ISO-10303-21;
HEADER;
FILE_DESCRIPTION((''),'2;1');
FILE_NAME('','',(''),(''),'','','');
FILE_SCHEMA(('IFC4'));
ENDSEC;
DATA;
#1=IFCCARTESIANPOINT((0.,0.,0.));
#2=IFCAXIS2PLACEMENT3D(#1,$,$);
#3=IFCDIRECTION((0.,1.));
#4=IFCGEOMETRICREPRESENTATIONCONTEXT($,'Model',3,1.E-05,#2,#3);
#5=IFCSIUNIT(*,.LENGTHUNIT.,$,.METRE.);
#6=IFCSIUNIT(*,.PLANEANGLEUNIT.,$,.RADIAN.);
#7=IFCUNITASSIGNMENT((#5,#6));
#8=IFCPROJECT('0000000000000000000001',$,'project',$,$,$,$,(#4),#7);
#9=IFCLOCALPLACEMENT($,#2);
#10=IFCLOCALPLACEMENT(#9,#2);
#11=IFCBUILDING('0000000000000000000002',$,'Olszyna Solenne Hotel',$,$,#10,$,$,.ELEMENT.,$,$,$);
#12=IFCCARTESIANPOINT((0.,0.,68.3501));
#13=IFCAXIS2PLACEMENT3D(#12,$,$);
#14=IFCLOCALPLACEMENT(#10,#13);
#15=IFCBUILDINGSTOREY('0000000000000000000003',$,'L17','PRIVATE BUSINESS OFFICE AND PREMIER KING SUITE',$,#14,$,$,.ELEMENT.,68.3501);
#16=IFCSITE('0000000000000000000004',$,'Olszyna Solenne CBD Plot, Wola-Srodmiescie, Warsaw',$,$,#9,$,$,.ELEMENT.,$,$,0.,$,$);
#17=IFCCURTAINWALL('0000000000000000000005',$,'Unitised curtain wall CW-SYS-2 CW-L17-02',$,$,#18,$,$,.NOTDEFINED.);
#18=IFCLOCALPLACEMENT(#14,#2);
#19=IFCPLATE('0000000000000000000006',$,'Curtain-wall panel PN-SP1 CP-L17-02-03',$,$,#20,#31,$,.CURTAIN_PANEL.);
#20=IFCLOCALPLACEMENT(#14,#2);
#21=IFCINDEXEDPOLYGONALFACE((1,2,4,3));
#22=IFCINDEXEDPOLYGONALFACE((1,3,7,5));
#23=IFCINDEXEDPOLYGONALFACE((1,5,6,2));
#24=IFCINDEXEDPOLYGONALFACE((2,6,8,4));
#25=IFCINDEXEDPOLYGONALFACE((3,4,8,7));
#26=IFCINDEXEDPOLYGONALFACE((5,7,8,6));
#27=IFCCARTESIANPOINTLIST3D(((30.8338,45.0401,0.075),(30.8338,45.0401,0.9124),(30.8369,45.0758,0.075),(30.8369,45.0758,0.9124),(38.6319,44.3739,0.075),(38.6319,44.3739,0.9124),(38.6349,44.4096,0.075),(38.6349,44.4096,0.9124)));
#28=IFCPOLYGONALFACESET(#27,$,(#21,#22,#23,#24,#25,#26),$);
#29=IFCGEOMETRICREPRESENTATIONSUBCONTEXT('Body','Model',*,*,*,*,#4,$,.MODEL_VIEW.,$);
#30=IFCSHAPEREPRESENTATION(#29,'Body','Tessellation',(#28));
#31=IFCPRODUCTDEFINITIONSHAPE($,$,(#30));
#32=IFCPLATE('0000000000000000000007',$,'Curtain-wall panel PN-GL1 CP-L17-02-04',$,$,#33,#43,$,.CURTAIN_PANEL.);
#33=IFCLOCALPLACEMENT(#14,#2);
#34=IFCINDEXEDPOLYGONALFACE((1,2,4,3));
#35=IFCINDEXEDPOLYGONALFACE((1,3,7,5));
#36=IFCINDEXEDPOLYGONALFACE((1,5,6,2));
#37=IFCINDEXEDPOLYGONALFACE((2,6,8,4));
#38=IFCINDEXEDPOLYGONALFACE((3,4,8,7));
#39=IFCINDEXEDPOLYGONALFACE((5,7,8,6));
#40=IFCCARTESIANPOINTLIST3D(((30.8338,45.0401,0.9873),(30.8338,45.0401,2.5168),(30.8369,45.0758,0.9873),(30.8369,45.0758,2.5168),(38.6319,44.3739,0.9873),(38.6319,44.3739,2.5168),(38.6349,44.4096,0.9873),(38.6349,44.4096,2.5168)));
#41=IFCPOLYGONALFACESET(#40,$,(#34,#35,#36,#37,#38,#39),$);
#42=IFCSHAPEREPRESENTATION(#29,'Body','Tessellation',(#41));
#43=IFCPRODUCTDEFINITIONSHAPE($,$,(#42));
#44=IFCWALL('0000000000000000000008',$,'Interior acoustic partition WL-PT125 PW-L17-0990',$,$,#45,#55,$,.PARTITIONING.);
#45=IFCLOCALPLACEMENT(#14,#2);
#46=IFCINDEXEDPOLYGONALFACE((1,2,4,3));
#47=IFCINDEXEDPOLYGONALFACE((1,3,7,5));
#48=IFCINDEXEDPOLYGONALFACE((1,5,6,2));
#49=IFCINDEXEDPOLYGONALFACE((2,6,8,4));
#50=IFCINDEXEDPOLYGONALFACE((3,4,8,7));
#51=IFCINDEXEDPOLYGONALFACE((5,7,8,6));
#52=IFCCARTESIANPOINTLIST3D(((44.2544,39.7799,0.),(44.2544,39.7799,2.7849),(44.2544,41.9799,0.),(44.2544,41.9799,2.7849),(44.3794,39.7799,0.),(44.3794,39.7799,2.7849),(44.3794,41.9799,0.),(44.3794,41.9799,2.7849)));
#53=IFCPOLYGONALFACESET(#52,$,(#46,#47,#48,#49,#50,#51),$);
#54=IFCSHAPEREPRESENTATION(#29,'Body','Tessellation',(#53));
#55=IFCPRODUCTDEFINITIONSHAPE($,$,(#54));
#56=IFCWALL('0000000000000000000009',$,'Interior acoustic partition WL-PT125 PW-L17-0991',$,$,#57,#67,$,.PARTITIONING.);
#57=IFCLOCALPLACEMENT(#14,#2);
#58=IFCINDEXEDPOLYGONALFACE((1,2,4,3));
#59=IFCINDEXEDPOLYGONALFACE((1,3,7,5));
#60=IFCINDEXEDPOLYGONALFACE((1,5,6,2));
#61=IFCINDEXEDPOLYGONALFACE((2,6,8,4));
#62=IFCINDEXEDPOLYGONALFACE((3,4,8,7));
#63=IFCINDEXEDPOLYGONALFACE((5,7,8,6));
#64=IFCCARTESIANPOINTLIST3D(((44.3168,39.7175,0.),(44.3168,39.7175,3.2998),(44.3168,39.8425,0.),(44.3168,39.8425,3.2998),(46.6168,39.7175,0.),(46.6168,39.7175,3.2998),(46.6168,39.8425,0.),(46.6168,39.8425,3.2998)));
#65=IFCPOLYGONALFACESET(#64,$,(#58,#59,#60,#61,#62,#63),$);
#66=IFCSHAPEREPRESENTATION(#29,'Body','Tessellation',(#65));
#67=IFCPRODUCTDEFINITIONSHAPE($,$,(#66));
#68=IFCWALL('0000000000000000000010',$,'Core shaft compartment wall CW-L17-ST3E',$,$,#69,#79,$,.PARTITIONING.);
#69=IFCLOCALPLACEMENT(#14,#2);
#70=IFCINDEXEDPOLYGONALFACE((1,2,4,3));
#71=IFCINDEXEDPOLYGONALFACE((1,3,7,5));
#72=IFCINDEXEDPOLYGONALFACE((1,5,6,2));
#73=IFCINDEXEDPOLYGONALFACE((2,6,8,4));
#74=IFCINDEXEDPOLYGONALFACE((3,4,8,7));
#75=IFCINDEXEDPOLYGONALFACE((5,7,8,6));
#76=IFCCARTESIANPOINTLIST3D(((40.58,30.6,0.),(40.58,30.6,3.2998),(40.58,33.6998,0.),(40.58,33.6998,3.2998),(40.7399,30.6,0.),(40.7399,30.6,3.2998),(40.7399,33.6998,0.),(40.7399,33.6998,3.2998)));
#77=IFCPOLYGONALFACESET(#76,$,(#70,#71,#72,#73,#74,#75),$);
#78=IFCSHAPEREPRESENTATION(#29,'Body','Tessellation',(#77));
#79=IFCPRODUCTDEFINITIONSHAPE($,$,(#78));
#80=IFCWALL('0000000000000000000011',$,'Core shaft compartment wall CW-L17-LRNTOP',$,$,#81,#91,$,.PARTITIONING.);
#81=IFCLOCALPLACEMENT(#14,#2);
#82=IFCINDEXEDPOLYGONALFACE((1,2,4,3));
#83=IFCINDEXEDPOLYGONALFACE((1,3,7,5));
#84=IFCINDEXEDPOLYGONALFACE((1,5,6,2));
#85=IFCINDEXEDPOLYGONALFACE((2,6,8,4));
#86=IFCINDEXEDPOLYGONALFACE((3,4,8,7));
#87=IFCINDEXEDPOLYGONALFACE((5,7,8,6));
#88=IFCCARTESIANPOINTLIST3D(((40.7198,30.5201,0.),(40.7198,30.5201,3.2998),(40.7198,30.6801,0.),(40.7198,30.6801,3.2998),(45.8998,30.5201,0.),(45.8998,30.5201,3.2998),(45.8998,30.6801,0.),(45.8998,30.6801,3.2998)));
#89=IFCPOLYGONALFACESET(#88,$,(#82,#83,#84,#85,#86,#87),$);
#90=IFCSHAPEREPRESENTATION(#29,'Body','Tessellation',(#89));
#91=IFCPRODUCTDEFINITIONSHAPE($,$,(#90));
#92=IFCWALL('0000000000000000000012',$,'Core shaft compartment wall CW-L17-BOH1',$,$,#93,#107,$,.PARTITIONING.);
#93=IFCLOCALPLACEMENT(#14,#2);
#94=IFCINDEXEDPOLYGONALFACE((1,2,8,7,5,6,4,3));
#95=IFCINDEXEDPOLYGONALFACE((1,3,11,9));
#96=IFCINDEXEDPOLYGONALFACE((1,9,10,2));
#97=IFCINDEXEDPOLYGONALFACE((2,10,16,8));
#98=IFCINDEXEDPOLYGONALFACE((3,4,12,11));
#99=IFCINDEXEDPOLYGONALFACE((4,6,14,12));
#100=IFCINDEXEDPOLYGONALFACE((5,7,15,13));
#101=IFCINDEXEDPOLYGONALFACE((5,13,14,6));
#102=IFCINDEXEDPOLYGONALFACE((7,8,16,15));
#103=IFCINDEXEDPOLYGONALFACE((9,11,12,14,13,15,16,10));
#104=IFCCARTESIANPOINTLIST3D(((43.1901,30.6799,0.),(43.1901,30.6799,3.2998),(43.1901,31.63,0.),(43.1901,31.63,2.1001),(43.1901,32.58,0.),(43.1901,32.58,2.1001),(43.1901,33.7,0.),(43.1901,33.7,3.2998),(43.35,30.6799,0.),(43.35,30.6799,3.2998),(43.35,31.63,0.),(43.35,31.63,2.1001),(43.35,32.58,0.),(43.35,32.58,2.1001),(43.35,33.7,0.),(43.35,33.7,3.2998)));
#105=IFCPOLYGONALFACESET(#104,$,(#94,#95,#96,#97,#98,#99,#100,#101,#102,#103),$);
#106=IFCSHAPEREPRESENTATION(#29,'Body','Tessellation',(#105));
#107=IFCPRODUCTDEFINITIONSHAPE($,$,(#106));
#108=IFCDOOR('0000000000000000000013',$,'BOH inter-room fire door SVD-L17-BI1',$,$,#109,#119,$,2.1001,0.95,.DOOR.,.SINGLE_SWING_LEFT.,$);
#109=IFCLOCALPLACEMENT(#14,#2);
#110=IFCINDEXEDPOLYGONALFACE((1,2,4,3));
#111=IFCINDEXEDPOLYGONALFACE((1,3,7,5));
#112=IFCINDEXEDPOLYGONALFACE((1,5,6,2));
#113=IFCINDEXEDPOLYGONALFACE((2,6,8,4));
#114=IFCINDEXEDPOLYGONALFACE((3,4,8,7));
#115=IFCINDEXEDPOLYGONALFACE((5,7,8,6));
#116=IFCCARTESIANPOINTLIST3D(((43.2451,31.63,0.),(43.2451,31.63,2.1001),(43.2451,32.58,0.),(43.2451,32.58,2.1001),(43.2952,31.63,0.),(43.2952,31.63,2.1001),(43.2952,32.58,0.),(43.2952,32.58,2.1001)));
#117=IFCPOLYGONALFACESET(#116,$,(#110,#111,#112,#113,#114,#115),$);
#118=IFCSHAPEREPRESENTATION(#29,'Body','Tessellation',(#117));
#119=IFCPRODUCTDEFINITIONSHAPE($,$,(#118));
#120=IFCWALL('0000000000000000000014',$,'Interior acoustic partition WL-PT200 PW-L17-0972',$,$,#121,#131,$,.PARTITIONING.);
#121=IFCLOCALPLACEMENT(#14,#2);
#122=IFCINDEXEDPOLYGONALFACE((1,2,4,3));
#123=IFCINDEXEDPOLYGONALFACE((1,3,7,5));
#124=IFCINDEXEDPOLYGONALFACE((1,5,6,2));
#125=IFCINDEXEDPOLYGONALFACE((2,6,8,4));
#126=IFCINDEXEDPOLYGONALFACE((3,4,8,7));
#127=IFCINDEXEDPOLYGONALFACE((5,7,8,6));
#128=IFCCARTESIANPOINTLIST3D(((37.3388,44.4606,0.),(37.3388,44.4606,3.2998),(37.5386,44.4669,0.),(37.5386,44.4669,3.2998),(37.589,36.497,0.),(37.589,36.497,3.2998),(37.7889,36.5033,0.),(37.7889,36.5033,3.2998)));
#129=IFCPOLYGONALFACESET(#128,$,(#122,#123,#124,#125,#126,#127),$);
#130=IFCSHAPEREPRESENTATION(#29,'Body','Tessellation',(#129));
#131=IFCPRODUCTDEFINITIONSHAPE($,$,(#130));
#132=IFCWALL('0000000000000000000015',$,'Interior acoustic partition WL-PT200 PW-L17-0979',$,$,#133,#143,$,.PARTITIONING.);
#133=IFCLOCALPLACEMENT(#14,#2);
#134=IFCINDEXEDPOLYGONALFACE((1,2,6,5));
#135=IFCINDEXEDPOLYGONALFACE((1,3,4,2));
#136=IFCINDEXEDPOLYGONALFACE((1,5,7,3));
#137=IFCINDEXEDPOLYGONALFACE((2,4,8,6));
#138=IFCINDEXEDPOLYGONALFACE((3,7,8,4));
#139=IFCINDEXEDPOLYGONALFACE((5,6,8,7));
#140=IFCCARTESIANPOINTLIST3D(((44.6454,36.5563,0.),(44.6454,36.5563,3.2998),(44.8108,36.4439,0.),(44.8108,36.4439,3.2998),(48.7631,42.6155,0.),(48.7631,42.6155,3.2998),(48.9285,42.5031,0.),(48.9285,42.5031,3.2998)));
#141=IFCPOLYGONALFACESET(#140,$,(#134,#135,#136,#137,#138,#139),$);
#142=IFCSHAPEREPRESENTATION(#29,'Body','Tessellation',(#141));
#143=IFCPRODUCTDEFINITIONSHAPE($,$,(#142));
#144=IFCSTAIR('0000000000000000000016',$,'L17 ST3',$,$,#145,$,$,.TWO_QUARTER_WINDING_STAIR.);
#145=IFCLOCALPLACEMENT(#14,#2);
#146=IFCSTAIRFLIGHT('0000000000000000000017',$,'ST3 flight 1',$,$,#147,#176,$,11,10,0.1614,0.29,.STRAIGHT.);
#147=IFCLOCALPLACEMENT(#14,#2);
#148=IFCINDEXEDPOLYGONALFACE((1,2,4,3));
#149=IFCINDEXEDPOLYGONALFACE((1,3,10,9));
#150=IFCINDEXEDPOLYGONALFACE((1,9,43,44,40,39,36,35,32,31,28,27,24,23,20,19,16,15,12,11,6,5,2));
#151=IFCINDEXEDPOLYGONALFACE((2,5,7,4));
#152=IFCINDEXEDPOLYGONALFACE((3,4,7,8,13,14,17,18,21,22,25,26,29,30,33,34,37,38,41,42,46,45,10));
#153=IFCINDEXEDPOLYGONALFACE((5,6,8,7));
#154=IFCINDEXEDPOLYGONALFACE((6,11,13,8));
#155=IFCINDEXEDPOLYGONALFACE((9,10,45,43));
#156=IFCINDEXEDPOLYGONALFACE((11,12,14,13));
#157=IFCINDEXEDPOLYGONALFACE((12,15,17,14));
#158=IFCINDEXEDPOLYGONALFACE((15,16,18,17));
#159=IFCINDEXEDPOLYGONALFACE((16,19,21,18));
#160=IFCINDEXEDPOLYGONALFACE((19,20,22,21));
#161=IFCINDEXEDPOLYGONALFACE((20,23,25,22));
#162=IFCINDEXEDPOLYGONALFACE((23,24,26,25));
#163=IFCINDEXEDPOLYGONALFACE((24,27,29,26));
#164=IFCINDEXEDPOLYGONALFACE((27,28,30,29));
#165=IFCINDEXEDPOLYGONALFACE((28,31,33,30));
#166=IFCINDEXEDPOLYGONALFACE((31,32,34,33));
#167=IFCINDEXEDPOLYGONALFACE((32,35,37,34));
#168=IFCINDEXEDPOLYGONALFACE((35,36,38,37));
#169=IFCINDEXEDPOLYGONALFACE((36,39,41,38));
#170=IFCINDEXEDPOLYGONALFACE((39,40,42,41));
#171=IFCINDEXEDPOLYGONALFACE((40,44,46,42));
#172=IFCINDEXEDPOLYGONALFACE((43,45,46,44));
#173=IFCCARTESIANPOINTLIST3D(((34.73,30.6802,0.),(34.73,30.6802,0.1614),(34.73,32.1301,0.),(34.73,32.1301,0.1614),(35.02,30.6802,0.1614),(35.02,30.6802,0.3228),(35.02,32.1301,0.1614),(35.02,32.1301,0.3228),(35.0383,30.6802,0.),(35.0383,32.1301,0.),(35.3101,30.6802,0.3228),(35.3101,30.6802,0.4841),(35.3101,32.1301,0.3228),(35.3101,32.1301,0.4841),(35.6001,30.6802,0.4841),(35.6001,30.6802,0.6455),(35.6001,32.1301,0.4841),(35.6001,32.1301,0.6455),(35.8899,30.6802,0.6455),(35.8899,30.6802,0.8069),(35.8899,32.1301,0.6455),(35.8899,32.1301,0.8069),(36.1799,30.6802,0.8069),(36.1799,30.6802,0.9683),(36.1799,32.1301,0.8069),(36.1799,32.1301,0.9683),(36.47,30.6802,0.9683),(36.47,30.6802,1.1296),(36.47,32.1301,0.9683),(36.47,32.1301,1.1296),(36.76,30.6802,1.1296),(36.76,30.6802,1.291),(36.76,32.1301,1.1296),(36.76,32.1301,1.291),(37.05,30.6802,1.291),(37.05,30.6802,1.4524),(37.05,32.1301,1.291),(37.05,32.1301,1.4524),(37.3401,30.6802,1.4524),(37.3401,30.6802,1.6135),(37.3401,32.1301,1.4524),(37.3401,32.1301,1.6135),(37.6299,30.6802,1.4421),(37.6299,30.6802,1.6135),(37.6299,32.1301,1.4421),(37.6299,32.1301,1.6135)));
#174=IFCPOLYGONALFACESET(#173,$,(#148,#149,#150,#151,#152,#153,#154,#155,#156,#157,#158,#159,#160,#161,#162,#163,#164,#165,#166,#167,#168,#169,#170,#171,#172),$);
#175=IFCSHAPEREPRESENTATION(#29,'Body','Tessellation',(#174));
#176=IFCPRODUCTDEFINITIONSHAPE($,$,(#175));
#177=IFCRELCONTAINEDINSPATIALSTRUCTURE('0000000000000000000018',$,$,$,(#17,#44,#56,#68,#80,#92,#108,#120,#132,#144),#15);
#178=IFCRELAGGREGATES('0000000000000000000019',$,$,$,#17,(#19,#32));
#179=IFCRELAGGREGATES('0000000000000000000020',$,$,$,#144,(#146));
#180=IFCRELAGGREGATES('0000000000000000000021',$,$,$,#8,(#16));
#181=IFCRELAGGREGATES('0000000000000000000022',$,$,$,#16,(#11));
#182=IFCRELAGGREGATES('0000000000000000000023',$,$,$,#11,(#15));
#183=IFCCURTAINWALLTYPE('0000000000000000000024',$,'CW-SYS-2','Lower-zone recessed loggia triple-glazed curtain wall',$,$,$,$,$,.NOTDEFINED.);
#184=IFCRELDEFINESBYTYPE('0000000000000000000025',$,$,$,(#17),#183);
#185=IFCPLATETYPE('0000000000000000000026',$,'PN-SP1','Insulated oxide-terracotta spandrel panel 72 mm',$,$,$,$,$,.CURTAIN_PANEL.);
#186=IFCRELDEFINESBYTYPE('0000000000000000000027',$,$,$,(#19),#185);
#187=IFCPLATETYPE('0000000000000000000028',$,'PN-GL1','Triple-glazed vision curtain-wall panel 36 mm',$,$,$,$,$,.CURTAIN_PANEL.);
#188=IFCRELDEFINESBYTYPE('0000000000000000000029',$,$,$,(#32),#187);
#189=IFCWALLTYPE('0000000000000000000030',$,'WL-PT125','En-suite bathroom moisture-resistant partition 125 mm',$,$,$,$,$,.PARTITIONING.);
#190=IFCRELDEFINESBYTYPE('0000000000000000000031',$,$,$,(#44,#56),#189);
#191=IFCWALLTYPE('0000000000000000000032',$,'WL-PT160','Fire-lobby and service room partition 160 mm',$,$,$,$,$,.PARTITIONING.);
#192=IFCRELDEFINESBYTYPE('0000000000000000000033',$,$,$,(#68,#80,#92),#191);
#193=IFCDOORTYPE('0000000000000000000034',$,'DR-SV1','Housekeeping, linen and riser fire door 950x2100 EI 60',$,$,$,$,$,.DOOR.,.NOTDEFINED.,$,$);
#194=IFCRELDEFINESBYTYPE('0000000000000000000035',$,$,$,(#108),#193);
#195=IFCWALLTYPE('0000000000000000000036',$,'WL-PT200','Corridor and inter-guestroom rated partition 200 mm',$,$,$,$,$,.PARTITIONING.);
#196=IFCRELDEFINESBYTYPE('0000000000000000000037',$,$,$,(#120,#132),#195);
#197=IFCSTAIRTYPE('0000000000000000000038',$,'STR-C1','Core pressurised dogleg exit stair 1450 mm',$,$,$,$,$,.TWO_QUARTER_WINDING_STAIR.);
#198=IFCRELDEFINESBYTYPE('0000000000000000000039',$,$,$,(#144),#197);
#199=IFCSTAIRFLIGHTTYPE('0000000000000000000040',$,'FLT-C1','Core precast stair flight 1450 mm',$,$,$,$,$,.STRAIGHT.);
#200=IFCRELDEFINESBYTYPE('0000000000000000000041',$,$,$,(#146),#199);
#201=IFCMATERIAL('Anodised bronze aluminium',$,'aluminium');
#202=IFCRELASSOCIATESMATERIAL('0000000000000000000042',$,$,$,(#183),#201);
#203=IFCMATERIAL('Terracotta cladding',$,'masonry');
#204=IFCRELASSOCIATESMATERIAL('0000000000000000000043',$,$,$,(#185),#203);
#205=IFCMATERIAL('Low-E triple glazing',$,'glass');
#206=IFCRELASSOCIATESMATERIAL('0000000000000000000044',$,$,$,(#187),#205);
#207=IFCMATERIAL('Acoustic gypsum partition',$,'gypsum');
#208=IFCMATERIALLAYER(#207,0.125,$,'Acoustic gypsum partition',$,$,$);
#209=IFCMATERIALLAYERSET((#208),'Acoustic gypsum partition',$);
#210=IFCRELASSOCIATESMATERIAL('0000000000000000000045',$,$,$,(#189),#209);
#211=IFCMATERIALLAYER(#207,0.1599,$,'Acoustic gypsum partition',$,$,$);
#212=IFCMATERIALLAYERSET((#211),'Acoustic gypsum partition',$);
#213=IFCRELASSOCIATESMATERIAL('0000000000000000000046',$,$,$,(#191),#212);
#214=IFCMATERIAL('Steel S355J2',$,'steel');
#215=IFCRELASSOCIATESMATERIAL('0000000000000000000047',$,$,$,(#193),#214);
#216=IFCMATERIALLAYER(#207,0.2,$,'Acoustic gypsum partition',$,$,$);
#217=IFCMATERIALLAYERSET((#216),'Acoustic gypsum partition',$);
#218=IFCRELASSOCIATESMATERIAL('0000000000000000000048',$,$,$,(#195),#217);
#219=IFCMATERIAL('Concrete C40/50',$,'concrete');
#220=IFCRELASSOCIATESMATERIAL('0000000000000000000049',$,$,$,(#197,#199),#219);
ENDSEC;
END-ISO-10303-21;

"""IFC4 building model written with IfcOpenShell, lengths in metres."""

from ifc_helpers import new_model, si_unit, direction, frame, frame_2d, origin, origin_2d, place, context, subcontext, project, spatial, polyline, rectangle, outline, extrude, source, transform, mapped, material, layer, layer_set, type_object, type_shapes, element, fill, aggregate, save


model = new_model("IFC4")

# Units and contexts
model_context = context("Model", 3, precision=1e-05, world=origin(), true_north=direction((0.0, 1.0)))
body_context = subcontext(model_context, "Body", "Model", "MODEL_VIEW")
ifc_project = project(units=[si_unit("LENGTHUNIT", "METRE"), si_unit("PLANEANGLEUNIT", "RADIAN")], contexts=[model_context])

# Site, building, storey
site_placement = place(None, origin())
site = spatial("IfcSite", under=ifc_project, at=site_placement, Name="Olszyna Solenne CBD Plot, Wola-Srodmiescie, Warsaw", CompositionType="ELEMENT", RefElevation=0.0)
building_placement = place(site_placement, origin())
building = spatial("IfcBuilding", under=site, at=building_placement, Name="Olszyna Solenne Hotel", CompositionType="ELEMENT")
storey_placement = place(building_placement, frame((0.0, 0.0, 68.3501)))
storey = spatial("IfcBuildingStorey", under=building, at=storey_placement, Name="L17", Description="PRIVATE BUSINESS OFFICE AND PREMIER KING SUITE", CompositionType="ELEMENT", Elevation=68.3501)

# Curtain wall
ifc_material_1 = material(Name="Anodised bronze aluminium", Category="aluminium")
curtain_wall_type = type_object("IfcCurtainWallType", Name="CW-SYS-2", Description="Lower-zone recessed loggia triple-glazed curtain wall", PredefinedType="NOTDEFINED", material=ifc_material_1)
curtain_wall_placement = place(storey_placement, origin())
curtain_wall = element("IfcCurtainWall", 1, at=curtain_wall_placement, inside=storey, type_object=curtain_wall_type, Name="Unitised curtain wall CW-SYS-2 CW-L17-02", PredefinedType="NOTDEFINED")

# Shared definitions
ifc_material_2 = material(Name="Steel S355J2", Category="steel")

# Plates
ifc_material_3 = material(Name="Terracotta cladding", Category="masonry")
plate_type_1 = type_object("IfcPlateType", Name="PN-SP1", Description="Insulated oxide-terracotta spandrel panel 72 mm", PredefinedType="CURTAIN_PANEL", material=ifc_material_3)
ifc_material_4 = material(Name="Low-E triple glazing", Category="glass")
plate_type_2 = type_object("IfcPlateType", Name="PN-GL1", Description="Triple-glazed vision curtain-wall panel 36 mm", PredefinedType="CURTAIN_PANEL", material=ifc_material_4)
shared_shape_1 = source(origin(), body_context, "Body", "SweptSolid", [
    extrude(rectangle(XDim=7.8264, YDim=0.0359, at=origin_2d()), origin(), (0.0, 0.0, 1.0), 0.8374),
])
plate_1_placement = place(storey_placement, frame((34.7344, 44.7249, 0.075), z_axis=(0.0, 0.0, 1.0), x_axis=(0.99637, -0.085125, 0.0)))
plate_1 = element("IfcPlate", 2, at=plate_1_placement, type_object=plate_type_1, Name="Curtain-wall panel PN-SP1 CP-L17-02-03", PredefinedType="CURTAIN_PANEL", context=body_context, shape_type="MappedRepresentation", body=[
    mapped(shared_shape_1, transform((0.0, 0.0, 0.0), x_axis=(1.0, 0.0, 0.0), y_axis=(0.0, 1.0, 0.0), z_axis=(0.0, 0.0, 1.0), scale=1.0)),
])
shared_shape_2 = source(origin(), body_context, "Body", "SweptSolid", [
    extrude(rectangle(XDim=7.8264, YDim=0.0359, at=origin_2d()), origin(), (0.0, 0.0, 1.0), 1.5295),
])
plate_2_placement = place(storey_placement, frame((34.7344, 44.7249, 0.9873), z_axis=(0.0, 0.0, 1.0), x_axis=(0.99637, -0.085125, 0.0)))
plate_2 = element("IfcPlate", 3, at=plate_2_placement, type_object=plate_type_2, Name="Curtain-wall panel PN-GL1 CP-L17-02-04", PredefinedType="CURTAIN_PANEL", context=body_context, shape_type="MappedRepresentation", body=[
    mapped(shared_shape_2, transform((0.0, 0.0, 0.0), x_axis=(1.0, 0.0, 0.0), y_axis=(0.0, 1.0, 0.0), z_axis=(0.0, 0.0, 1.0), scale=1.0)),
])
aggregate(curtain_wall, [plate_1, plate_2])

# Walls
ifc_material_5 = material(Name="Acoustic gypsum partition", Category="gypsum")
ifc_layer_1 = layer(ifc_material_5, 0.125, Name="Acoustic gypsum partition")
ifc_layer_set_1 = layer_set([ifc_layer_1], Name="Acoustic gypsum partition")
wall_type_1 = type_object("IfcWallType", Name="WL-PT125", Description="En-suite bathroom moisture-resistant partition 125 mm", PredefinedType="PARTITIONING", material=ifc_layer_set_1)
wall_1_placement = place(storey_placement, frame((44.3169, 41.98, 0.0), z_axis=(0.0, 0.0, 1.0), x_axis=(0.0, -1.0, 0.0)))
element("IfcWall", 4, at=wall_1_placement, inside=storey, type_object=wall_type_1, Name="Interior acoustic partition WL-PT125 PW-L17-0990", PredefinedType="PARTITIONING", context=body_context, shape_type="SweptSolid", body=[
    extrude(rectangle(XDim=2.2, YDim=0.125, at=frame_2d((1.1001, 0.0))), origin(), (0.0, 0.0, 1.0), 2.7849),
])
wall_2_placement = place(storey_placement, frame((44.3169, 39.78, 0.0), z_axis=(0.0, 0.0, 1.0), x_axis=(1.0, 0.0, 0.0)))
element("IfcWall", 5, at=wall_2_placement, inside=storey, type_object=wall_type_1, Name="Interior acoustic partition WL-PT125 PW-L17-0991", PredefinedType="PARTITIONING", context=body_context, shape_type="SweptSolid", body=[
    extrude(rectangle(XDim=2.3, YDim=0.125, at=frame_2d((1.1499, 0.0))), origin(), (0.0, 0.0, 1.0), 3.2998),
])
ifc_layer_2 = layer(ifc_material_5, 0.1599, Name="Acoustic gypsum partition")
ifc_layer_set_2 = layer_set([ifc_layer_2], Name="Acoustic gypsum partition")
wall_type_2 = type_object("IfcWallType", Name="WL-PT160", Description="Fire-lobby and service room partition 160 mm", PredefinedType="PARTITIONING", material=ifc_layer_set_2)
wall_3_placement = place(storey_placement, frame((40.6599, 30.6001, 0.0), z_axis=(0.0, 0.0, 1.0), x_axis=(0.0, 1.0, 0.0)))
element("IfcWall", 6, at=wall_3_placement, inside=storey, type_object=wall_type_2, Name="Core shaft compartment wall CW-L17-ST3E", PredefinedType="PARTITIONING", context=body_context, shape_type="SweptSolid", body=[
    extrude(rectangle(XDim=3.0999, YDim=0.1599, at=frame_2d((1.5498, 0.0))), origin(), (0.0, 0.0, 1.0), 3.2998),
])
wall_4_placement = place(storey_placement, frame((40.72, 30.6001, 0.0), z_axis=(0.0, 0.0, 1.0), x_axis=(1.0, 0.0, 0.0)))
element("IfcWall", 7, at=wall_4_placement, inside=storey, type_object=wall_type_2, Name="Core shaft compartment wall CW-L17-LRNTOP", PredefinedType="PARTITIONING", context=body_context, shape_type="SweptSolid", body=[
    extrude(rectangle(XDim=5.1799, YDim=0.1599, at=frame_2d((2.5898, 0.0))), origin(), (0.0, 0.0, 1.0), 3.2998),
])

# Wall, opening, door
wall_5_placement = place(storey_placement, frame((43.27, 30.6799, 0.0), z_axis=(0.0, 0.0, 1.0), x_axis=(0.0, 1.0, 0.0)))
wall_5 = element("IfcWall", 8, at=wall_5_placement, inside=storey, type_object=wall_type_2, Name="Core shaft compartment wall CW-L17-BOH1", PredefinedType="PARTITIONING", context=body_context, shape_type="SweptSolid", body=[
    extrude(rectangle(XDim=3.02, YDim=0.1599, at=frame_2d((1.51, 0.0))), origin(), (0.0, 0.0, 1.0), 3.2998),
])
opening_placement = place(wall_5_placement, frame((0.95, 0.0, 0.0)))
opening = element("IfcOpeningElement", 9, at=opening_placement, cuts=wall_5, PredefinedType="OPENING", context=body_context, shape_type="SweptSolid", body=[
    extrude(rectangle(XDim=0.95, YDim=2.1001, at=frame_2d((0.4751, 1.05))), frame((0.0, 0.0898, 0.0), z_axis=(0.0, -1.0, 0.0), x_axis=(1.0, 0.0, 0.0)), (0.0, 0.0, 1.0), 0.1799),
])
door_type = type_object("IfcDoorType", Name="DR-SV1", Description="Housekeeping, linen and riser fire door 950x2100 EI 60", OperationType="NOTDEFINED", PredefinedType="DOOR", material=ifc_material_2)
shared_shape_3 = source(origin(), body_context, "Body", "SweptSolid", [
    extrude(rectangle(XDim=0.95, YDim=2.1001, at=frame_2d((0.4751, 1.05))), frame((0.0, 0.0249, 0.0), z_axis=(0.0, -1.0, 0.0), x_axis=(1.0, 0.0, 0.0)), (0.0, 0.0, 1.0), 0.05),
])
type_shapes(door_type, [shared_shape_3])
door_placement = place(opening_placement, origin())
door = element("IfcDoor", 10, at=door_placement, inside=storey, type_object=door_type, Name="BOH inter-room fire door SVD-L17-BI1", OperationType="SINGLE_SWING_LEFT", OverallHeight=2.1001, OverallWidth=0.95, PredefinedType="DOOR", context=body_context, shape_type="MappedRepresentation", body=[
    mapped(shared_shape_3, transform((0.0, 0.0, 0.0), x_axis=(1.0, 0.0, 0.0), y_axis=(0.0, 1.0, 0.0), z_axis=(0.0, 0.0, 1.0), scale=1.0)),
])
fill(opening, door)

# Walls
ifc_layer_3 = layer(ifc_material_5, 0.2, Name="Acoustic gypsum partition")
ifc_layer_set_3 = layer_set([ifc_layer_3], Name="Acoustic gypsum partition")
wall_type_3 = type_object("IfcWallType", Name="WL-PT200", Description="Corridor and inter-guestroom rated partition 200 mm", PredefinedType="PARTITIONING", material=ifc_layer_set_3)
wall_6_placement = place(storey_placement, frame((37.689, 36.5, 0.0), z_axis=(0.0, 0.0, 1.0), x_axis=(-0.031408, 0.999507, 0.0)))
element("IfcWall", 11, at=wall_6_placement, inside=storey, type_object=wall_type_3, Name="Interior acoustic partition WL-PT200 PW-L17-0972", PredefinedType="PARTITIONING", context=body_context, shape_type="SweptSolid", body=[
    extrude(rectangle(XDim=7.9675, YDim=0.2, at=frame_2d((3.9839, 0.0))), origin(), (0.0, 0.0, 1.0), 3.2998),
])
wall_7_placement = place(storey_placement, frame((44.728, 36.5, 0.0), z_axis=(0.0, 0.0, 1.0), x_axis=(0.562077, 0.827085, 0.0)))
element("IfcWall", 12, at=wall_7_placement, inside=storey, type_object=wall_type_3, Name="Interior acoustic partition WL-PT200 PW-L17-0979", PredefinedType="PARTITIONING", context=body_context, shape_type="SweptSolid", body=[
    extrude(rectangle(XDim=7.3259, YDim=0.2, at=frame_2d((3.6631, 0.0))), origin(), (0.0, 0.0, 1.0), 3.2998),
])

# Stair, stair flight
ifc_material_6 = material(Name="Concrete C40/50", Category="concrete")
stair_type = type_object("IfcStairType", Name="STR-C1", Description="Core pressurised dogleg exit stair 1450 mm", PredefinedType="TWO_QUARTER_WINDING_STAIR", material=ifc_material_6)
stair_placement = place(storey_placement, origin())
stair = element("IfcStair", 13, at=stair_placement, inside=storey, type_object=stair_type, Name="L17 ST3", PredefinedType="TWO_QUARTER_WINDING_STAIR")
stair_flight_type = type_object("IfcStairFlightType", Name="FLT-C1", Description="Core precast stair flight 1450 mm", PredefinedType="STRAIGHT", material=ifc_material_6)
stair_flight_1_placement = place(storey_placement, frame((34.73, 31.405, 0.0), z_axis=(0.0, 0.0, 1.0), x_axis=(1.0, 0.0, 0.0)))
stair_flight_1 = element("IfcStairFlight", 14, at=stair_flight_1_placement, type_object=stair_flight_type, Name="ST3 flight 1", NumberOfRisers=11, NumberOfTreads=10, PredefinedType="STRAIGHT", RiserHeight=0.1614, TreadLength=0.29, context=body_context, shape_type="SweptSolid", body=[
    extrude(outline(polyline([(0.0, 0.0), (0.0, 0.1614), (0.29, 0.1614), (0.29, 0.3228), (0.5801, 0.3228), (0.5801, 0.4841), (0.8701, 0.4841), (0.8701, 0.6455), (1.1599, 0.6455), (1.1599, 0.8069), (1.45, 0.8069), (1.45, 0.9683), (1.74, 0.9683), (1.74, 1.1296), (2.03, 1.1296), (2.03, 1.291), (2.3201, 1.291), (2.3201, 1.4524), (2.6101, 1.4524), (2.6101, 1.6135), (2.8999, 1.6135), (2.8999, 1.7749), (2.8999, 1.4421), (0.3083, 0.0), (0.0, 0.0)])), frame((0.0, 0.7251, 0.0), z_axis=(0.0, -1.0, 0.0), x_axis=(1.0, 0.0, 0.0)), (0.0, 0.0, 1.0), 1.45),
])
aggregate(stair, [stair_flight_1])

save(model, "model.ifc")
